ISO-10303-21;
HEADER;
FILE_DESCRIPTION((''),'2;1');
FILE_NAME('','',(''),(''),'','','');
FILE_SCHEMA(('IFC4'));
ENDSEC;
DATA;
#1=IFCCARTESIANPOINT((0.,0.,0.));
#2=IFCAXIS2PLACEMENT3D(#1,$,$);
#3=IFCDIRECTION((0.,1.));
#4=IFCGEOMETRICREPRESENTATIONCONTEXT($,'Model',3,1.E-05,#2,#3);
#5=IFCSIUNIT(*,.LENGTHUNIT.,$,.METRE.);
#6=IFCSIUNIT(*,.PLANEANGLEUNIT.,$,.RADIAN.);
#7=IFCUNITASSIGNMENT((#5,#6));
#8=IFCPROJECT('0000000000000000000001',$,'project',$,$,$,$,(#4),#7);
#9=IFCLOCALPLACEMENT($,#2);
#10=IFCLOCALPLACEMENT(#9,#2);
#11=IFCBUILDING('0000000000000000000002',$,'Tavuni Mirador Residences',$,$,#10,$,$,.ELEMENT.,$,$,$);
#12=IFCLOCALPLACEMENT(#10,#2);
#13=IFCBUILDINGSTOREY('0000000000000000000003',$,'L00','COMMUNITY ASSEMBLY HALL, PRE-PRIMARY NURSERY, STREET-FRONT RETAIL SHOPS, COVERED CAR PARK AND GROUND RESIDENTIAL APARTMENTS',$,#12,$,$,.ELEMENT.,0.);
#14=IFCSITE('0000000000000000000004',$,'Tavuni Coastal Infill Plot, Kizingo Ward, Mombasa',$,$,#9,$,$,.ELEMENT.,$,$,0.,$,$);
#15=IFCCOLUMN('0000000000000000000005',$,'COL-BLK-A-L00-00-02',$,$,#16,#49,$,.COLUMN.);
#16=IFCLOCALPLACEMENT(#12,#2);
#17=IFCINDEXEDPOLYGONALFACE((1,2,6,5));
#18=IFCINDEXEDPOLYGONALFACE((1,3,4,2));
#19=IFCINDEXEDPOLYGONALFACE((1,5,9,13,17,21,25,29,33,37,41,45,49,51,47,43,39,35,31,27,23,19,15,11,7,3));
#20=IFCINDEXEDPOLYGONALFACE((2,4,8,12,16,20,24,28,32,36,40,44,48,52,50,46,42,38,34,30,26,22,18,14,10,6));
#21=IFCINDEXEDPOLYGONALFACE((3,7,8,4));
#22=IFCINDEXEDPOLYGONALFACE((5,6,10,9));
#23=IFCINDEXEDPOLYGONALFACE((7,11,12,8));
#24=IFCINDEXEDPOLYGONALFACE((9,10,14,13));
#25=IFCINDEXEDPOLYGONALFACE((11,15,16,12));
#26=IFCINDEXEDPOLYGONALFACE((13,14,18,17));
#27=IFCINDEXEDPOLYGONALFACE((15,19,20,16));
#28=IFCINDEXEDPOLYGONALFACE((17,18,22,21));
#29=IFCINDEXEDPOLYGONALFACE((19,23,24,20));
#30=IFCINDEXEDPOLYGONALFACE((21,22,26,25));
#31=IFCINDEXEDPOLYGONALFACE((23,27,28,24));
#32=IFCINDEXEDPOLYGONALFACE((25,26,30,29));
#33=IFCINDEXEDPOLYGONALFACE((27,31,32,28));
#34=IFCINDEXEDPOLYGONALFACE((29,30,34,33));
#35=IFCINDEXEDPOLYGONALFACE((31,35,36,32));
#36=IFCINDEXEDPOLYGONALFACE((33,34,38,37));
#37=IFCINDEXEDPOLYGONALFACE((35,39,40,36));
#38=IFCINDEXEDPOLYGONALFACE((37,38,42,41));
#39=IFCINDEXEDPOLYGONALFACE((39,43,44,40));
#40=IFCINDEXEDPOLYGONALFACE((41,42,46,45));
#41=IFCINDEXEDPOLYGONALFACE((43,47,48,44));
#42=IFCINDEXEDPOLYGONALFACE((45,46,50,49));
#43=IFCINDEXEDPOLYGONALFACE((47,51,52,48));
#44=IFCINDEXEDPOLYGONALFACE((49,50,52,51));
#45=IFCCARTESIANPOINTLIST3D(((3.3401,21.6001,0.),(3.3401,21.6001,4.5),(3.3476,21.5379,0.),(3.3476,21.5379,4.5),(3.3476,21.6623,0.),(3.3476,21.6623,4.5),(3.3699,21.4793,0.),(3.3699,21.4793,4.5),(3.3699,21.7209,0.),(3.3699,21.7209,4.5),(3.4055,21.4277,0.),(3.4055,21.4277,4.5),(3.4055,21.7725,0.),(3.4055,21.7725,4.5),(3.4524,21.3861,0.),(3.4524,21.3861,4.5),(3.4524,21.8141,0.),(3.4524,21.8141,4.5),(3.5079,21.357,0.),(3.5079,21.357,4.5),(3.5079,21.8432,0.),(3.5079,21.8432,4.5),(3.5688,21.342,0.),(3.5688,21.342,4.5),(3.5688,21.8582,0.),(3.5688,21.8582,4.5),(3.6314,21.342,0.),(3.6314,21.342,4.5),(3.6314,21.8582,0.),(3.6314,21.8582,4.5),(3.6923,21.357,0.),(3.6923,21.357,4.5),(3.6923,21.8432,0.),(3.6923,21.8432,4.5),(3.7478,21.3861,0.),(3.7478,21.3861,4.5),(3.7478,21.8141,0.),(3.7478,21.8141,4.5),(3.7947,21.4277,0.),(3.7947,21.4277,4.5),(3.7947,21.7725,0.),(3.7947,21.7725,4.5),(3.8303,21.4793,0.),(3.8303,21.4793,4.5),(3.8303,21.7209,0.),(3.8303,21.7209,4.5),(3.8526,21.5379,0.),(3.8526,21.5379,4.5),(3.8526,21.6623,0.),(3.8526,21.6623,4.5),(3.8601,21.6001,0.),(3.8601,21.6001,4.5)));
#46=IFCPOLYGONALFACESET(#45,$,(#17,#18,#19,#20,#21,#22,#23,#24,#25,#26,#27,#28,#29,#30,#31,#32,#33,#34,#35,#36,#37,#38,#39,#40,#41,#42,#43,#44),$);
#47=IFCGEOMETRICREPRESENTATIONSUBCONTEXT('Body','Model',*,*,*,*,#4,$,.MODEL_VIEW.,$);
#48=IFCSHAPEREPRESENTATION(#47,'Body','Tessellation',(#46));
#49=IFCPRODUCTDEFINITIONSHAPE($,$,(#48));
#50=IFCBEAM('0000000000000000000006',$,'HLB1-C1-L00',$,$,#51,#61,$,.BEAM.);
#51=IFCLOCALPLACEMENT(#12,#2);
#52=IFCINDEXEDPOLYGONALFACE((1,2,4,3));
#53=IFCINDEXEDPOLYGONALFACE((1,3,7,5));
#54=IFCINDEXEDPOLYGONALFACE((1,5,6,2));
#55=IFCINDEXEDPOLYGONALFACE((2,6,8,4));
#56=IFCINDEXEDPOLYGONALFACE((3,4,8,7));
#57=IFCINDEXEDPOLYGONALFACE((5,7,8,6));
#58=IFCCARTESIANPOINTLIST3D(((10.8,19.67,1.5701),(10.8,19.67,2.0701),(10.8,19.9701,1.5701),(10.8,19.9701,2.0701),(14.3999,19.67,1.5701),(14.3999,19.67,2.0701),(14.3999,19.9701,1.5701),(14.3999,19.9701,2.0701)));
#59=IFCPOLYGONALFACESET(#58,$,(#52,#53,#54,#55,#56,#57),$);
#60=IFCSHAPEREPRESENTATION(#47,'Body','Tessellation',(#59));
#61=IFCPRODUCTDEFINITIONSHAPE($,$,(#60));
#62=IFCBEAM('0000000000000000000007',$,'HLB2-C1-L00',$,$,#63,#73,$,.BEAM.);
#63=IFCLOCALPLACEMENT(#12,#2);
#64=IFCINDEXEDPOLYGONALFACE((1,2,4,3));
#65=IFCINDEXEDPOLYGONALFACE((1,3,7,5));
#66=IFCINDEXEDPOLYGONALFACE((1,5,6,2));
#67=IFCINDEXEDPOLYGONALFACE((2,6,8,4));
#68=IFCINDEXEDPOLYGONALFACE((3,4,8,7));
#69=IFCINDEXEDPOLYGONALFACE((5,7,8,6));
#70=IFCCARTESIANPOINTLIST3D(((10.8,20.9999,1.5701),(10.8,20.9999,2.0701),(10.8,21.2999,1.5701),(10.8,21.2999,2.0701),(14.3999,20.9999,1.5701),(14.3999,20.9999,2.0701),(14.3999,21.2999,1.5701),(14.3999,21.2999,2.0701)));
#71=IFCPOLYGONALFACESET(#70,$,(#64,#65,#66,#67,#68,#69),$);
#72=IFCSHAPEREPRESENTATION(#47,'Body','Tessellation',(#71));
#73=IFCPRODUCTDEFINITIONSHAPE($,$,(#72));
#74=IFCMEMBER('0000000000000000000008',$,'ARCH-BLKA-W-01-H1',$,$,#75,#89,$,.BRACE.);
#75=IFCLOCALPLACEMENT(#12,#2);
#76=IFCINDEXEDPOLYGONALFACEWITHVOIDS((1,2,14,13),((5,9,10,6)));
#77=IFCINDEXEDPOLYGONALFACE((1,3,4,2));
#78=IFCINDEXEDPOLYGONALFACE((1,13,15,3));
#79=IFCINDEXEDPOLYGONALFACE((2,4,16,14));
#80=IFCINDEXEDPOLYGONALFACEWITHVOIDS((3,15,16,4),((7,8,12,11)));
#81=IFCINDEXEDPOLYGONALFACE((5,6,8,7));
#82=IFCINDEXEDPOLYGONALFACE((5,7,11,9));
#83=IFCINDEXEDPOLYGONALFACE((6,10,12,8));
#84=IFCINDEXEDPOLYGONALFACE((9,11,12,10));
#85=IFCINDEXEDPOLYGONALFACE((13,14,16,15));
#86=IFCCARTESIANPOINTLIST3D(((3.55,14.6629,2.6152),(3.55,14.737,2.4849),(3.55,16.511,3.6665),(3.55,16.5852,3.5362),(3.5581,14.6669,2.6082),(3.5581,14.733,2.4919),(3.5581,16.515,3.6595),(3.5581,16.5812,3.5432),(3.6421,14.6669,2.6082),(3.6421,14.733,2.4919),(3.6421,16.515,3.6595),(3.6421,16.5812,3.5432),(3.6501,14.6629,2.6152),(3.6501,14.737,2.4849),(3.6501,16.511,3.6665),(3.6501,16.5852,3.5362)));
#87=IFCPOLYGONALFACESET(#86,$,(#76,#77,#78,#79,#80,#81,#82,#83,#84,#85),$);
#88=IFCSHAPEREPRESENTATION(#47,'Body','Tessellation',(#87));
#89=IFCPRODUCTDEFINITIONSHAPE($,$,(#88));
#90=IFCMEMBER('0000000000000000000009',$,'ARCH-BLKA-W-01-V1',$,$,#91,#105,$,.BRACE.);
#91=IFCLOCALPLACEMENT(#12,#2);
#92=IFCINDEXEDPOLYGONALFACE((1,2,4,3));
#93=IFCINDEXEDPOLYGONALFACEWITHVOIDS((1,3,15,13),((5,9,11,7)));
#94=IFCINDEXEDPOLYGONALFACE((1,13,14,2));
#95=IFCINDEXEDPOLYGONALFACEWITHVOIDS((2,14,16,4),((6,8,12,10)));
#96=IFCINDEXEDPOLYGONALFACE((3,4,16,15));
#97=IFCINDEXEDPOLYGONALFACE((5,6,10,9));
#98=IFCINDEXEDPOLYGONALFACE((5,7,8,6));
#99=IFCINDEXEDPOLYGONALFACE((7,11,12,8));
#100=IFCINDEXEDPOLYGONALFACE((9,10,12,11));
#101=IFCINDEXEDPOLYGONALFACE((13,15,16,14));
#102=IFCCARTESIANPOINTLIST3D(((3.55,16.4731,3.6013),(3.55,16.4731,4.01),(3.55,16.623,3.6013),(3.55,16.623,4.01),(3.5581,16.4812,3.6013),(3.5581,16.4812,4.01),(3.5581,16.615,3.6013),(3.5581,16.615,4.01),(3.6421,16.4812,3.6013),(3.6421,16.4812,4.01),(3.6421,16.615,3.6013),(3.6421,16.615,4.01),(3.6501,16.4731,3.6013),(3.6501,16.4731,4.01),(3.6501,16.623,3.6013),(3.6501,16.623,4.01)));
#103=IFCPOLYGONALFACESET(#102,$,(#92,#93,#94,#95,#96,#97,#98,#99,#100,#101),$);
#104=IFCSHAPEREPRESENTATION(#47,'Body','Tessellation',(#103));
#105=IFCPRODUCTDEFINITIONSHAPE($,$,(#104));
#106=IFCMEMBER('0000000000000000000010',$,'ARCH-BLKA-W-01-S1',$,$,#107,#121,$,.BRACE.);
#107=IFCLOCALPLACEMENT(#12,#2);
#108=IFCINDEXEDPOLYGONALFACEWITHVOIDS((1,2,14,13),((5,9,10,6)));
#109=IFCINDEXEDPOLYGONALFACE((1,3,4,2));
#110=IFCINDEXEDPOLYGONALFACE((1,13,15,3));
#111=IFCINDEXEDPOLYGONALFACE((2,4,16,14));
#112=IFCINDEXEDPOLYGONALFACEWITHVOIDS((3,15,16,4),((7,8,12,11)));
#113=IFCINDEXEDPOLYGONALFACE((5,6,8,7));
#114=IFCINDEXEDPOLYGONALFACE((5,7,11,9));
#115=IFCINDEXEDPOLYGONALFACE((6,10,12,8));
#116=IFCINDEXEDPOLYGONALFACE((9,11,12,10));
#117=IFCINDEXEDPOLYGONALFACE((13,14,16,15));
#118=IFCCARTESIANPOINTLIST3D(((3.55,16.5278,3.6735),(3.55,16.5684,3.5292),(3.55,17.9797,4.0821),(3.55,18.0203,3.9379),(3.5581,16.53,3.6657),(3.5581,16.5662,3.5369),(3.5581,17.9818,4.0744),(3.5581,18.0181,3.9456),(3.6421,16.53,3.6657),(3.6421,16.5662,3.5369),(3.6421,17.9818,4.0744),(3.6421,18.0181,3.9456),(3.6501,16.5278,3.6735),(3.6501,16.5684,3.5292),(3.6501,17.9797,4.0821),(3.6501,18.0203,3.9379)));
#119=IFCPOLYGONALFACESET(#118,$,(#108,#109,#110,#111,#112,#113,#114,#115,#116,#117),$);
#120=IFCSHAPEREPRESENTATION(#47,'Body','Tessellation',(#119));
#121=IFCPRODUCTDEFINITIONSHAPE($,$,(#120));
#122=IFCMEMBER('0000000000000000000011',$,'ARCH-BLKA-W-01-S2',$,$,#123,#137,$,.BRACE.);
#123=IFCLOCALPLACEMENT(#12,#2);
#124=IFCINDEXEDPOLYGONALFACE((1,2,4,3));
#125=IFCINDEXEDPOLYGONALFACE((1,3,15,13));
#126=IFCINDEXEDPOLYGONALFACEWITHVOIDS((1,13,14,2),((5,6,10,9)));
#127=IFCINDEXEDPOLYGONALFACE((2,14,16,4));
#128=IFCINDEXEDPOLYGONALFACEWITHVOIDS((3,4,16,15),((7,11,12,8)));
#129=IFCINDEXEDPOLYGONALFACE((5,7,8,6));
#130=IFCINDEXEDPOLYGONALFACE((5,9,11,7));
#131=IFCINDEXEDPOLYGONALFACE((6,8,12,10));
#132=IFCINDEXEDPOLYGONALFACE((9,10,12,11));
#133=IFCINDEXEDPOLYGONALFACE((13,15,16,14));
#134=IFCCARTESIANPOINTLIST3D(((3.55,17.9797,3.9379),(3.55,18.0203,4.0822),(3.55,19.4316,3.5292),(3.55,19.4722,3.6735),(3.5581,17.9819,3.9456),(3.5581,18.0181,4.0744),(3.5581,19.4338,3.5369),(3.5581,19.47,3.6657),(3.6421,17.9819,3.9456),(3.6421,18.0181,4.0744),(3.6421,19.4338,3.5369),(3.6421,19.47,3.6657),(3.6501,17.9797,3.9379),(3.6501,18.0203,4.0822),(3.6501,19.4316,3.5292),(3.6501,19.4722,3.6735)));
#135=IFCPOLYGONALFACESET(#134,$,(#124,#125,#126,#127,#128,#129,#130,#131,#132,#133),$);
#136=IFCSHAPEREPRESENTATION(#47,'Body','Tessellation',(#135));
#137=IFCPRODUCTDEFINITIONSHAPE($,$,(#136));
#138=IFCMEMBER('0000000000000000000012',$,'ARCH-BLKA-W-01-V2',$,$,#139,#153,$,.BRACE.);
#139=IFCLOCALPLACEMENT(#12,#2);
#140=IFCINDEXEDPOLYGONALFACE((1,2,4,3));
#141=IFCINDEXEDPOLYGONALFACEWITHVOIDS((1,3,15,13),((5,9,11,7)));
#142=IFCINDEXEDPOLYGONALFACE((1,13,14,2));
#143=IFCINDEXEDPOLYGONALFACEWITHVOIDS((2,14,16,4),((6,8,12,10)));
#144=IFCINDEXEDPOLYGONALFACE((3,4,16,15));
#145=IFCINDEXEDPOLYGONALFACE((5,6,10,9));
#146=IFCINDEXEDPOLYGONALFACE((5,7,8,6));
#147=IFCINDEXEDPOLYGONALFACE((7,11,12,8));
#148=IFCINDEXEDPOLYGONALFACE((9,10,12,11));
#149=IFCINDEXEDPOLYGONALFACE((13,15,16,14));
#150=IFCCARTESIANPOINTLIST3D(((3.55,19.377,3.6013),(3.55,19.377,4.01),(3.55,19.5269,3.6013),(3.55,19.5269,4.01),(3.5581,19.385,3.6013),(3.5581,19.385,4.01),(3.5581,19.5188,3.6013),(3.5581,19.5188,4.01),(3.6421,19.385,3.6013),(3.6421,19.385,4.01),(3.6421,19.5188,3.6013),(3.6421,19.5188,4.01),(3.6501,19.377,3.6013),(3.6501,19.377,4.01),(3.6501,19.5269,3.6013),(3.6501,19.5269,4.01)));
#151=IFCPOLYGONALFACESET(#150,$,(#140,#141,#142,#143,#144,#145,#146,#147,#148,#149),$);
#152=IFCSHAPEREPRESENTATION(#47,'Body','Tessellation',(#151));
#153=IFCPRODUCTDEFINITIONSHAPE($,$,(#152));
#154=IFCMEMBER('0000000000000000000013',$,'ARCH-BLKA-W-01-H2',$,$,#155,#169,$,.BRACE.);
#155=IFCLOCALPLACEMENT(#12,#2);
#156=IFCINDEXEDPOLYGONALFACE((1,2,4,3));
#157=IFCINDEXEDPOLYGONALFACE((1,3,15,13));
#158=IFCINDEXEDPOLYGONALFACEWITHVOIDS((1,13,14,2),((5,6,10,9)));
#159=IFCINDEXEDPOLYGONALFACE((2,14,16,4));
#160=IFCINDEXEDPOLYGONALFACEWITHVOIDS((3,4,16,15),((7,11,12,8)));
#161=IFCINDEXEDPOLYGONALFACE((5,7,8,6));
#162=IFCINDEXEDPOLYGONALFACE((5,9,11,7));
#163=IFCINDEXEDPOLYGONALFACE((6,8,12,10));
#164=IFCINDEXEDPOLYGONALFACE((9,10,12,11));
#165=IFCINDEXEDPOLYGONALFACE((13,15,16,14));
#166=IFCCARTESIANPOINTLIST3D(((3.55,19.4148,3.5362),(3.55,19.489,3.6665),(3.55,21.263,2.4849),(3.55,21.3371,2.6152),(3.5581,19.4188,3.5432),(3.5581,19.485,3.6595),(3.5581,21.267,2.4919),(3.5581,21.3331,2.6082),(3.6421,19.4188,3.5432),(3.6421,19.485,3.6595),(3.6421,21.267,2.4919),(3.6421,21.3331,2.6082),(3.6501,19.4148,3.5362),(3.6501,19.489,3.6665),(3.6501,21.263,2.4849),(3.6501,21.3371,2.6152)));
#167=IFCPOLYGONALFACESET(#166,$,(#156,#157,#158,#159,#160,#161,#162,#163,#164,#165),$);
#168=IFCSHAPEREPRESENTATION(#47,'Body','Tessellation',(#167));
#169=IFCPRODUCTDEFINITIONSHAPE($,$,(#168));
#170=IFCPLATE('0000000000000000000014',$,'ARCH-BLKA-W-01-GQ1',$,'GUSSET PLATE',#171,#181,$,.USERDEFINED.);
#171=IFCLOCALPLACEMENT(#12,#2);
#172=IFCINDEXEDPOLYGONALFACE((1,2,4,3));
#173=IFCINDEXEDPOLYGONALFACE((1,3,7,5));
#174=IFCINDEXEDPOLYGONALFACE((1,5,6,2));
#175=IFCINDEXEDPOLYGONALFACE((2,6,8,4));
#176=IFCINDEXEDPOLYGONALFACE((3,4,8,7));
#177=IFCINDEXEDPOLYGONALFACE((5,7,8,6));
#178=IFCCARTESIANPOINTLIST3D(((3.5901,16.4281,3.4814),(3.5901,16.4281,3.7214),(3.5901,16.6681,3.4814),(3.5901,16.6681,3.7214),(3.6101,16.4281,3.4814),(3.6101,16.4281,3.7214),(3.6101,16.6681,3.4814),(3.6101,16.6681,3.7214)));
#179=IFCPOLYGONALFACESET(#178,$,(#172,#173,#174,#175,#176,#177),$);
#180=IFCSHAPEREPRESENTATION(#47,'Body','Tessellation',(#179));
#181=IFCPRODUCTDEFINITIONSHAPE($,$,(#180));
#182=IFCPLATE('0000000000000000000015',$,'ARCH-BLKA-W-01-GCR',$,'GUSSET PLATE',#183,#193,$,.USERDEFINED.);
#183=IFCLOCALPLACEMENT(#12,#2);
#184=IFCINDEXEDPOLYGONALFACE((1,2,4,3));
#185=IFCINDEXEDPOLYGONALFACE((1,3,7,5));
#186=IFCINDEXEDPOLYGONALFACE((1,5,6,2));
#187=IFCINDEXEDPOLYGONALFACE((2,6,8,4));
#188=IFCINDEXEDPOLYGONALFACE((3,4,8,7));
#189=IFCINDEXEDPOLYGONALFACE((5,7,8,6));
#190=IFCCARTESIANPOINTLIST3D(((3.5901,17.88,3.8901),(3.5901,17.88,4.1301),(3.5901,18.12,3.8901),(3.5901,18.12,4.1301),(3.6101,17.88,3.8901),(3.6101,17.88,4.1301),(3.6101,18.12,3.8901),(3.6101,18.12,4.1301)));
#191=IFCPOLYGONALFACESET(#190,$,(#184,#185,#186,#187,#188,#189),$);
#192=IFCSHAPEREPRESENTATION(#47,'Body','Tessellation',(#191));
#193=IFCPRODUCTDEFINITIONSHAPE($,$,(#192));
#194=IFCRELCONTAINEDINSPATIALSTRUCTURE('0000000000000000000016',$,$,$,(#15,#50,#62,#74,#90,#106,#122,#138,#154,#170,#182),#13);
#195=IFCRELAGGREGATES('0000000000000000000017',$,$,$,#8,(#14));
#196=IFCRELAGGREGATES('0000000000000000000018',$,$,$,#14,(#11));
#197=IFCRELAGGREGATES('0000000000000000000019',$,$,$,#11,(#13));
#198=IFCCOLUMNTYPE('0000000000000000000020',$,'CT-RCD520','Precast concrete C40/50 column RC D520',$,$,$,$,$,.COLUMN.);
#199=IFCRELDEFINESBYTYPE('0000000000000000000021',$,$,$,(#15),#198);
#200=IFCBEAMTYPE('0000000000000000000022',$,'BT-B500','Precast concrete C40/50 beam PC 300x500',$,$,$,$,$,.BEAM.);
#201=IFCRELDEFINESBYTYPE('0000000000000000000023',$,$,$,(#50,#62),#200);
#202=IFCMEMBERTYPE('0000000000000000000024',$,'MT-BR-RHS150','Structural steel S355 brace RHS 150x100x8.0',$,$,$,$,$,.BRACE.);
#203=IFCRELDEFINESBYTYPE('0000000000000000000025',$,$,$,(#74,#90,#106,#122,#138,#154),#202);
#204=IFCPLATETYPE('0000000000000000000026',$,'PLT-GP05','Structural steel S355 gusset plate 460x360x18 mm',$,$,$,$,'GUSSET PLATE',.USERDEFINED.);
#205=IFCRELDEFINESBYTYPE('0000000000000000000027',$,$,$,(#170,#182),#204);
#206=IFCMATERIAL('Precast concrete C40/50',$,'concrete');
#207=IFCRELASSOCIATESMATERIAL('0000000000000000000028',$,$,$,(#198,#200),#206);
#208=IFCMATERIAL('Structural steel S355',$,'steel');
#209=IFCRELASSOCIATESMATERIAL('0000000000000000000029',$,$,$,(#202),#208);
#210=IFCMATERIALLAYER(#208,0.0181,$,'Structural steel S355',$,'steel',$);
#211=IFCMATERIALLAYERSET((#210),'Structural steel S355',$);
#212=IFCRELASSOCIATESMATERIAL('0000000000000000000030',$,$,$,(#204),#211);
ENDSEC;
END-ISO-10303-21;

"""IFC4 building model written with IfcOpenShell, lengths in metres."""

from ifc_helpers import new_model, si_unit, direction, frame, origin, origin_2d, place, context, subcontext, project, spatial, rectangle, hollow_rectangle, circle, extrude, material, layer, layer_set, material_profile, profile_set, type_object, element, save


model = new_model("IFC4")

# Units and contexts
model_context = context("Model", 3, precision=1e-05, world=origin(), true_north=direction((0.0, 1.0)))
body_context = subcontext(model_context, "Body", "Model", "MODEL_VIEW")
ifc_project = project(units=[si_unit("LENGTHUNIT", "METRE"), si_unit("PLANEANGLEUNIT", "RADIAN")], contexts=[model_context])

# Site, building, storey
site_placement = place(None, origin())
site = spatial("IfcSite", under=ifc_project, at=site_placement, Name="Tavuni Coastal Infill Plot, Kizingo Ward, Mombasa", CompositionType="ELEMENT", RefElevation=0.0)
building_placement = place(site_placement, origin())
building = spatial("IfcBuilding", under=site, at=building_placement, Name="Tavuni Mirador Residences", CompositionType="ELEMENT")
storey_placement = place(building_placement, origin())
storey = spatial("IfcBuildingStorey", under=building, at=storey_placement, Name="L00", Description="COMMUNITY ASSEMBLY HALL, PRE-PRIMARY NURSERY, STREET-FRONT RETAIL SHOPS, COVERED CAR PARK AND GROUND RESIDENTIAL APARTMENTS", CompositionType="ELEMENT", Elevation=0.0)

# Column
ifc_material_1 = material(Name="Precast concrete C40/50", Category="concrete")
ifc_material_profile_1 = material_profile(ifc_material_1, circle(Radius=0.26, at=origin_2d()), Name="RC D520", Category="concrete")
ifc_profile_set_1 = profile_set([ifc_material_profile_1], Name="Precast concrete C40/50")
column_type = type_object("IfcColumnType", Name="CT-RCD520", Description="Precast concrete C40/50 column RC D520", PredefinedType="COLUMN", material=ifc_profile_set_1)
column_placement = place(storey_placement, frame((3.6001, 21.6001, 0.0), z_axis=(0.0, 0.0, 1.0), x_axis=(1.0, 0.0, 0.0)))
element("IfcColumn", 1, at=column_placement, inside=storey, type_object=column_type, Name="COL-BLK-A-L00-00-02", PredefinedType="COLUMN", context=body_context, shape_type="SweptSolid", body=[
    extrude(circle(Radius=0.26, at=origin_2d()), origin(), (0.0, 0.0, 1.0), 4.5),
])

# Beams
ifc_material_profile_2 = material_profile(ifc_material_1, rectangle(XDim=0.3, YDim=0.5, at=origin_2d()), Name="PC 300x500", Category="concrete")
ifc_profile_set_2 = profile_set([ifc_material_profile_2], Name="Precast concrete C40/50")
beam_type = type_object("IfcBeamType", Name="BT-B500", Description="Precast concrete C40/50 beam PC 300x500", PredefinedType="BEAM", material=ifc_profile_set_2)
for number, where, z_axis, x_axis, name in (
    (2, (10.8, 19.8201, 1.8201), (1.0, 0.0, 0.0), (0.0, 1.0, 0.0), "HLB1-C1-L00"),
    (3, (10.8, 21.1499, 1.8201), (1.0, 0.0, 0.0), (0.0, 1.0, 0.0), "HLB2-C1-L00"),
):
    element("IfcBeam", number, at=place(storey_placement, frame(where, z_axis=z_axis, x_axis=x_axis)), inside=storey, type_object=beam_type, Name=name, PredefinedType="BEAM", context=body_context, shape_type="SweptSolid", body=[
        extrude(rectangle(XDim=0.3, YDim=0.5, at=origin_2d()), origin(), (0.0, 0.0, 1.0), 3.5999),
    ])

# Members
ifc_material_2 = material(Name="Structural steel S355", Category="steel")
ifc_material_profile_3 = material_profile(ifc_material_2, hollow_rectangle(XDim=0.1001, YDim=0.1499, WallThickness=0.0081, at=origin_2d()), Name="RHS 150x100x8.0", Category="steel")
ifc_profile_set_3 = profile_set([ifc_material_profile_3], Name="Structural steel S355")
member_type = type_object("IfcMemberType", Name="MT-BR-RHS150", Description="Structural steel S355 brace RHS 150x100x8.0", PredefinedType="BRACE", material=ifc_profile_set_3)
member_1_placement = place(storey_placement, frame((3.6001, 14.7, 2.55), z_axis=(0.0, 0.869217, 0.494432), x_axis=(-1.0, 0.0, 0.0)))
element("IfcMember", 4, at=member_1_placement, inside=storey, type_object=member_type, Name="ARCH-BLKA-W-01-H1", PredefinedType="BRACE", context=body_context, shape_type="SweptSolid", body=[
    extrude(hollow_rectangle(XDim=0.1001, YDim=0.1499, WallThickness=0.0081, at=origin_2d()), origin(), (0.0, 0.0, 1.0), 2.1262),
])
member_2_placement = place(storey_placement, frame((3.6001, 16.5481, 3.6013), z_axis=(0.0, 0.0, 1.0), x_axis=(1.0, 0.0, 0.0)))
element("IfcMember", 5, at=member_2_placement, inside=storey, type_object=member_type, Name="ARCH-BLKA-W-01-V1", PredefinedType="BRACE", context=body_context, shape_type="SweptSolid", body=[
    extrude(hollow_rectangle(XDim=0.1001, YDim=0.1499, WallThickness=0.0081, at=origin_2d()), origin(), (0.0, 0.0, 1.0), 0.4087),
])
for number, where, z_axis, x_axis, name in (
    (6, (3.6001, 16.5481, 3.6013), (0.0, 0.962592, 0.270957), (-1.0, 0.0, 0.0), "ARCH-BLKA-W-01-S1"),
    (7, (3.6001, 18.0, 4.01), (0.0, 0.962592, -0.270957), (-1.0, 0.0, 0.0), "ARCH-BLKA-W-01-S2"),
):
    element("IfcMember", number, at=place(storey_placement, frame(where, z_axis=z_axis, x_axis=x_axis)), inside=storey, type_object=member_type, Name=name, PredefinedType="BRACE", context=body_context, shape_type="SweptSolid", body=[
        extrude(hollow_rectangle(XDim=0.1001, YDim=0.1499, WallThickness=0.0081, at=origin_2d()), origin(), (0.0, 0.0, 1.0), 1.5083),
    ])
member_3_placement = place(storey_placement, frame((3.6001, 19.4519, 3.6013), z_axis=(0.0, 0.0, 1.0), x_axis=(1.0, 0.0, 0.0)))
element("IfcMember", 8, at=member_3_placement, inside=storey, type_object=member_type, Name="ARCH-BLKA-W-01-V2", PredefinedType="BRACE", context=body_context, shape_type="SweptSolid", body=[
    extrude(hollow_rectangle(XDim=0.1001, YDim=0.1499, WallThickness=0.0081, at=origin_2d()), origin(), (0.0, 0.0, 1.0), 0.4087),
])
member_4_placement = place(storey_placement, frame((3.6001, 19.4519, 3.6013), z_axis=(0.0, 0.869217, -0.494432), x_axis=(-1.0, 0.0, 0.0)))
element("IfcMember", 9, at=member_4_placement, inside=storey, type_object=member_type, Name="ARCH-BLKA-W-01-H2", PredefinedType="BRACE", context=body_context, shape_type="SweptSolid", body=[
    extrude(hollow_rectangle(XDim=0.1001, YDim=0.1499, WallThickness=0.0081, at=origin_2d()), origin(), (0.0, 0.0, 1.0), 2.1262),
])

# Plates
ifc_layer_1 = layer(ifc_material_2, 0.0181, Name="Structural steel S355", Category="steel")
ifc_layer_set_1 = layer_set([ifc_layer_1], Name="Structural steel S355")
plate_type = type_object("IfcPlateType", Name="PLT-GP05", Description="Structural steel S355 gusset plate 460x360x18 mm", ElementType="GUSSET PLATE", PredefinedType="USERDEFINED", material=ifc_layer_set_1)
for number, where, z_axis, x_axis, name in (
    (10, (3.6001, 16.5481, 3.4814), (0.0, 0.0, 1.0), (1.0, 0.0, 0.0), "ARCH-BLKA-W-01-GQ1"),
    (11, (3.6001, 18.0, 3.8901), (0.0, 0.0, 1.0), (1.0, 0.0, 0.0), "ARCH-BLKA-W-01-GCR"),
):
    element("IfcPlate", number, at=place(storey_placement, frame(where, z_axis=z_axis, x_axis=x_axis)), inside=storey, type_object=plate_type, Name=name, ObjectType="GUSSET PLATE", PredefinedType="USERDEFINED", context=body_context, shape_type="SweptSolid", body=[
        extrude(rectangle(XDim=0.02, YDim=0.24, at=origin_2d()), origin(), (0.0, 0.0, 1.0), 0.24),
    ])

save(model, "model.ifc")
